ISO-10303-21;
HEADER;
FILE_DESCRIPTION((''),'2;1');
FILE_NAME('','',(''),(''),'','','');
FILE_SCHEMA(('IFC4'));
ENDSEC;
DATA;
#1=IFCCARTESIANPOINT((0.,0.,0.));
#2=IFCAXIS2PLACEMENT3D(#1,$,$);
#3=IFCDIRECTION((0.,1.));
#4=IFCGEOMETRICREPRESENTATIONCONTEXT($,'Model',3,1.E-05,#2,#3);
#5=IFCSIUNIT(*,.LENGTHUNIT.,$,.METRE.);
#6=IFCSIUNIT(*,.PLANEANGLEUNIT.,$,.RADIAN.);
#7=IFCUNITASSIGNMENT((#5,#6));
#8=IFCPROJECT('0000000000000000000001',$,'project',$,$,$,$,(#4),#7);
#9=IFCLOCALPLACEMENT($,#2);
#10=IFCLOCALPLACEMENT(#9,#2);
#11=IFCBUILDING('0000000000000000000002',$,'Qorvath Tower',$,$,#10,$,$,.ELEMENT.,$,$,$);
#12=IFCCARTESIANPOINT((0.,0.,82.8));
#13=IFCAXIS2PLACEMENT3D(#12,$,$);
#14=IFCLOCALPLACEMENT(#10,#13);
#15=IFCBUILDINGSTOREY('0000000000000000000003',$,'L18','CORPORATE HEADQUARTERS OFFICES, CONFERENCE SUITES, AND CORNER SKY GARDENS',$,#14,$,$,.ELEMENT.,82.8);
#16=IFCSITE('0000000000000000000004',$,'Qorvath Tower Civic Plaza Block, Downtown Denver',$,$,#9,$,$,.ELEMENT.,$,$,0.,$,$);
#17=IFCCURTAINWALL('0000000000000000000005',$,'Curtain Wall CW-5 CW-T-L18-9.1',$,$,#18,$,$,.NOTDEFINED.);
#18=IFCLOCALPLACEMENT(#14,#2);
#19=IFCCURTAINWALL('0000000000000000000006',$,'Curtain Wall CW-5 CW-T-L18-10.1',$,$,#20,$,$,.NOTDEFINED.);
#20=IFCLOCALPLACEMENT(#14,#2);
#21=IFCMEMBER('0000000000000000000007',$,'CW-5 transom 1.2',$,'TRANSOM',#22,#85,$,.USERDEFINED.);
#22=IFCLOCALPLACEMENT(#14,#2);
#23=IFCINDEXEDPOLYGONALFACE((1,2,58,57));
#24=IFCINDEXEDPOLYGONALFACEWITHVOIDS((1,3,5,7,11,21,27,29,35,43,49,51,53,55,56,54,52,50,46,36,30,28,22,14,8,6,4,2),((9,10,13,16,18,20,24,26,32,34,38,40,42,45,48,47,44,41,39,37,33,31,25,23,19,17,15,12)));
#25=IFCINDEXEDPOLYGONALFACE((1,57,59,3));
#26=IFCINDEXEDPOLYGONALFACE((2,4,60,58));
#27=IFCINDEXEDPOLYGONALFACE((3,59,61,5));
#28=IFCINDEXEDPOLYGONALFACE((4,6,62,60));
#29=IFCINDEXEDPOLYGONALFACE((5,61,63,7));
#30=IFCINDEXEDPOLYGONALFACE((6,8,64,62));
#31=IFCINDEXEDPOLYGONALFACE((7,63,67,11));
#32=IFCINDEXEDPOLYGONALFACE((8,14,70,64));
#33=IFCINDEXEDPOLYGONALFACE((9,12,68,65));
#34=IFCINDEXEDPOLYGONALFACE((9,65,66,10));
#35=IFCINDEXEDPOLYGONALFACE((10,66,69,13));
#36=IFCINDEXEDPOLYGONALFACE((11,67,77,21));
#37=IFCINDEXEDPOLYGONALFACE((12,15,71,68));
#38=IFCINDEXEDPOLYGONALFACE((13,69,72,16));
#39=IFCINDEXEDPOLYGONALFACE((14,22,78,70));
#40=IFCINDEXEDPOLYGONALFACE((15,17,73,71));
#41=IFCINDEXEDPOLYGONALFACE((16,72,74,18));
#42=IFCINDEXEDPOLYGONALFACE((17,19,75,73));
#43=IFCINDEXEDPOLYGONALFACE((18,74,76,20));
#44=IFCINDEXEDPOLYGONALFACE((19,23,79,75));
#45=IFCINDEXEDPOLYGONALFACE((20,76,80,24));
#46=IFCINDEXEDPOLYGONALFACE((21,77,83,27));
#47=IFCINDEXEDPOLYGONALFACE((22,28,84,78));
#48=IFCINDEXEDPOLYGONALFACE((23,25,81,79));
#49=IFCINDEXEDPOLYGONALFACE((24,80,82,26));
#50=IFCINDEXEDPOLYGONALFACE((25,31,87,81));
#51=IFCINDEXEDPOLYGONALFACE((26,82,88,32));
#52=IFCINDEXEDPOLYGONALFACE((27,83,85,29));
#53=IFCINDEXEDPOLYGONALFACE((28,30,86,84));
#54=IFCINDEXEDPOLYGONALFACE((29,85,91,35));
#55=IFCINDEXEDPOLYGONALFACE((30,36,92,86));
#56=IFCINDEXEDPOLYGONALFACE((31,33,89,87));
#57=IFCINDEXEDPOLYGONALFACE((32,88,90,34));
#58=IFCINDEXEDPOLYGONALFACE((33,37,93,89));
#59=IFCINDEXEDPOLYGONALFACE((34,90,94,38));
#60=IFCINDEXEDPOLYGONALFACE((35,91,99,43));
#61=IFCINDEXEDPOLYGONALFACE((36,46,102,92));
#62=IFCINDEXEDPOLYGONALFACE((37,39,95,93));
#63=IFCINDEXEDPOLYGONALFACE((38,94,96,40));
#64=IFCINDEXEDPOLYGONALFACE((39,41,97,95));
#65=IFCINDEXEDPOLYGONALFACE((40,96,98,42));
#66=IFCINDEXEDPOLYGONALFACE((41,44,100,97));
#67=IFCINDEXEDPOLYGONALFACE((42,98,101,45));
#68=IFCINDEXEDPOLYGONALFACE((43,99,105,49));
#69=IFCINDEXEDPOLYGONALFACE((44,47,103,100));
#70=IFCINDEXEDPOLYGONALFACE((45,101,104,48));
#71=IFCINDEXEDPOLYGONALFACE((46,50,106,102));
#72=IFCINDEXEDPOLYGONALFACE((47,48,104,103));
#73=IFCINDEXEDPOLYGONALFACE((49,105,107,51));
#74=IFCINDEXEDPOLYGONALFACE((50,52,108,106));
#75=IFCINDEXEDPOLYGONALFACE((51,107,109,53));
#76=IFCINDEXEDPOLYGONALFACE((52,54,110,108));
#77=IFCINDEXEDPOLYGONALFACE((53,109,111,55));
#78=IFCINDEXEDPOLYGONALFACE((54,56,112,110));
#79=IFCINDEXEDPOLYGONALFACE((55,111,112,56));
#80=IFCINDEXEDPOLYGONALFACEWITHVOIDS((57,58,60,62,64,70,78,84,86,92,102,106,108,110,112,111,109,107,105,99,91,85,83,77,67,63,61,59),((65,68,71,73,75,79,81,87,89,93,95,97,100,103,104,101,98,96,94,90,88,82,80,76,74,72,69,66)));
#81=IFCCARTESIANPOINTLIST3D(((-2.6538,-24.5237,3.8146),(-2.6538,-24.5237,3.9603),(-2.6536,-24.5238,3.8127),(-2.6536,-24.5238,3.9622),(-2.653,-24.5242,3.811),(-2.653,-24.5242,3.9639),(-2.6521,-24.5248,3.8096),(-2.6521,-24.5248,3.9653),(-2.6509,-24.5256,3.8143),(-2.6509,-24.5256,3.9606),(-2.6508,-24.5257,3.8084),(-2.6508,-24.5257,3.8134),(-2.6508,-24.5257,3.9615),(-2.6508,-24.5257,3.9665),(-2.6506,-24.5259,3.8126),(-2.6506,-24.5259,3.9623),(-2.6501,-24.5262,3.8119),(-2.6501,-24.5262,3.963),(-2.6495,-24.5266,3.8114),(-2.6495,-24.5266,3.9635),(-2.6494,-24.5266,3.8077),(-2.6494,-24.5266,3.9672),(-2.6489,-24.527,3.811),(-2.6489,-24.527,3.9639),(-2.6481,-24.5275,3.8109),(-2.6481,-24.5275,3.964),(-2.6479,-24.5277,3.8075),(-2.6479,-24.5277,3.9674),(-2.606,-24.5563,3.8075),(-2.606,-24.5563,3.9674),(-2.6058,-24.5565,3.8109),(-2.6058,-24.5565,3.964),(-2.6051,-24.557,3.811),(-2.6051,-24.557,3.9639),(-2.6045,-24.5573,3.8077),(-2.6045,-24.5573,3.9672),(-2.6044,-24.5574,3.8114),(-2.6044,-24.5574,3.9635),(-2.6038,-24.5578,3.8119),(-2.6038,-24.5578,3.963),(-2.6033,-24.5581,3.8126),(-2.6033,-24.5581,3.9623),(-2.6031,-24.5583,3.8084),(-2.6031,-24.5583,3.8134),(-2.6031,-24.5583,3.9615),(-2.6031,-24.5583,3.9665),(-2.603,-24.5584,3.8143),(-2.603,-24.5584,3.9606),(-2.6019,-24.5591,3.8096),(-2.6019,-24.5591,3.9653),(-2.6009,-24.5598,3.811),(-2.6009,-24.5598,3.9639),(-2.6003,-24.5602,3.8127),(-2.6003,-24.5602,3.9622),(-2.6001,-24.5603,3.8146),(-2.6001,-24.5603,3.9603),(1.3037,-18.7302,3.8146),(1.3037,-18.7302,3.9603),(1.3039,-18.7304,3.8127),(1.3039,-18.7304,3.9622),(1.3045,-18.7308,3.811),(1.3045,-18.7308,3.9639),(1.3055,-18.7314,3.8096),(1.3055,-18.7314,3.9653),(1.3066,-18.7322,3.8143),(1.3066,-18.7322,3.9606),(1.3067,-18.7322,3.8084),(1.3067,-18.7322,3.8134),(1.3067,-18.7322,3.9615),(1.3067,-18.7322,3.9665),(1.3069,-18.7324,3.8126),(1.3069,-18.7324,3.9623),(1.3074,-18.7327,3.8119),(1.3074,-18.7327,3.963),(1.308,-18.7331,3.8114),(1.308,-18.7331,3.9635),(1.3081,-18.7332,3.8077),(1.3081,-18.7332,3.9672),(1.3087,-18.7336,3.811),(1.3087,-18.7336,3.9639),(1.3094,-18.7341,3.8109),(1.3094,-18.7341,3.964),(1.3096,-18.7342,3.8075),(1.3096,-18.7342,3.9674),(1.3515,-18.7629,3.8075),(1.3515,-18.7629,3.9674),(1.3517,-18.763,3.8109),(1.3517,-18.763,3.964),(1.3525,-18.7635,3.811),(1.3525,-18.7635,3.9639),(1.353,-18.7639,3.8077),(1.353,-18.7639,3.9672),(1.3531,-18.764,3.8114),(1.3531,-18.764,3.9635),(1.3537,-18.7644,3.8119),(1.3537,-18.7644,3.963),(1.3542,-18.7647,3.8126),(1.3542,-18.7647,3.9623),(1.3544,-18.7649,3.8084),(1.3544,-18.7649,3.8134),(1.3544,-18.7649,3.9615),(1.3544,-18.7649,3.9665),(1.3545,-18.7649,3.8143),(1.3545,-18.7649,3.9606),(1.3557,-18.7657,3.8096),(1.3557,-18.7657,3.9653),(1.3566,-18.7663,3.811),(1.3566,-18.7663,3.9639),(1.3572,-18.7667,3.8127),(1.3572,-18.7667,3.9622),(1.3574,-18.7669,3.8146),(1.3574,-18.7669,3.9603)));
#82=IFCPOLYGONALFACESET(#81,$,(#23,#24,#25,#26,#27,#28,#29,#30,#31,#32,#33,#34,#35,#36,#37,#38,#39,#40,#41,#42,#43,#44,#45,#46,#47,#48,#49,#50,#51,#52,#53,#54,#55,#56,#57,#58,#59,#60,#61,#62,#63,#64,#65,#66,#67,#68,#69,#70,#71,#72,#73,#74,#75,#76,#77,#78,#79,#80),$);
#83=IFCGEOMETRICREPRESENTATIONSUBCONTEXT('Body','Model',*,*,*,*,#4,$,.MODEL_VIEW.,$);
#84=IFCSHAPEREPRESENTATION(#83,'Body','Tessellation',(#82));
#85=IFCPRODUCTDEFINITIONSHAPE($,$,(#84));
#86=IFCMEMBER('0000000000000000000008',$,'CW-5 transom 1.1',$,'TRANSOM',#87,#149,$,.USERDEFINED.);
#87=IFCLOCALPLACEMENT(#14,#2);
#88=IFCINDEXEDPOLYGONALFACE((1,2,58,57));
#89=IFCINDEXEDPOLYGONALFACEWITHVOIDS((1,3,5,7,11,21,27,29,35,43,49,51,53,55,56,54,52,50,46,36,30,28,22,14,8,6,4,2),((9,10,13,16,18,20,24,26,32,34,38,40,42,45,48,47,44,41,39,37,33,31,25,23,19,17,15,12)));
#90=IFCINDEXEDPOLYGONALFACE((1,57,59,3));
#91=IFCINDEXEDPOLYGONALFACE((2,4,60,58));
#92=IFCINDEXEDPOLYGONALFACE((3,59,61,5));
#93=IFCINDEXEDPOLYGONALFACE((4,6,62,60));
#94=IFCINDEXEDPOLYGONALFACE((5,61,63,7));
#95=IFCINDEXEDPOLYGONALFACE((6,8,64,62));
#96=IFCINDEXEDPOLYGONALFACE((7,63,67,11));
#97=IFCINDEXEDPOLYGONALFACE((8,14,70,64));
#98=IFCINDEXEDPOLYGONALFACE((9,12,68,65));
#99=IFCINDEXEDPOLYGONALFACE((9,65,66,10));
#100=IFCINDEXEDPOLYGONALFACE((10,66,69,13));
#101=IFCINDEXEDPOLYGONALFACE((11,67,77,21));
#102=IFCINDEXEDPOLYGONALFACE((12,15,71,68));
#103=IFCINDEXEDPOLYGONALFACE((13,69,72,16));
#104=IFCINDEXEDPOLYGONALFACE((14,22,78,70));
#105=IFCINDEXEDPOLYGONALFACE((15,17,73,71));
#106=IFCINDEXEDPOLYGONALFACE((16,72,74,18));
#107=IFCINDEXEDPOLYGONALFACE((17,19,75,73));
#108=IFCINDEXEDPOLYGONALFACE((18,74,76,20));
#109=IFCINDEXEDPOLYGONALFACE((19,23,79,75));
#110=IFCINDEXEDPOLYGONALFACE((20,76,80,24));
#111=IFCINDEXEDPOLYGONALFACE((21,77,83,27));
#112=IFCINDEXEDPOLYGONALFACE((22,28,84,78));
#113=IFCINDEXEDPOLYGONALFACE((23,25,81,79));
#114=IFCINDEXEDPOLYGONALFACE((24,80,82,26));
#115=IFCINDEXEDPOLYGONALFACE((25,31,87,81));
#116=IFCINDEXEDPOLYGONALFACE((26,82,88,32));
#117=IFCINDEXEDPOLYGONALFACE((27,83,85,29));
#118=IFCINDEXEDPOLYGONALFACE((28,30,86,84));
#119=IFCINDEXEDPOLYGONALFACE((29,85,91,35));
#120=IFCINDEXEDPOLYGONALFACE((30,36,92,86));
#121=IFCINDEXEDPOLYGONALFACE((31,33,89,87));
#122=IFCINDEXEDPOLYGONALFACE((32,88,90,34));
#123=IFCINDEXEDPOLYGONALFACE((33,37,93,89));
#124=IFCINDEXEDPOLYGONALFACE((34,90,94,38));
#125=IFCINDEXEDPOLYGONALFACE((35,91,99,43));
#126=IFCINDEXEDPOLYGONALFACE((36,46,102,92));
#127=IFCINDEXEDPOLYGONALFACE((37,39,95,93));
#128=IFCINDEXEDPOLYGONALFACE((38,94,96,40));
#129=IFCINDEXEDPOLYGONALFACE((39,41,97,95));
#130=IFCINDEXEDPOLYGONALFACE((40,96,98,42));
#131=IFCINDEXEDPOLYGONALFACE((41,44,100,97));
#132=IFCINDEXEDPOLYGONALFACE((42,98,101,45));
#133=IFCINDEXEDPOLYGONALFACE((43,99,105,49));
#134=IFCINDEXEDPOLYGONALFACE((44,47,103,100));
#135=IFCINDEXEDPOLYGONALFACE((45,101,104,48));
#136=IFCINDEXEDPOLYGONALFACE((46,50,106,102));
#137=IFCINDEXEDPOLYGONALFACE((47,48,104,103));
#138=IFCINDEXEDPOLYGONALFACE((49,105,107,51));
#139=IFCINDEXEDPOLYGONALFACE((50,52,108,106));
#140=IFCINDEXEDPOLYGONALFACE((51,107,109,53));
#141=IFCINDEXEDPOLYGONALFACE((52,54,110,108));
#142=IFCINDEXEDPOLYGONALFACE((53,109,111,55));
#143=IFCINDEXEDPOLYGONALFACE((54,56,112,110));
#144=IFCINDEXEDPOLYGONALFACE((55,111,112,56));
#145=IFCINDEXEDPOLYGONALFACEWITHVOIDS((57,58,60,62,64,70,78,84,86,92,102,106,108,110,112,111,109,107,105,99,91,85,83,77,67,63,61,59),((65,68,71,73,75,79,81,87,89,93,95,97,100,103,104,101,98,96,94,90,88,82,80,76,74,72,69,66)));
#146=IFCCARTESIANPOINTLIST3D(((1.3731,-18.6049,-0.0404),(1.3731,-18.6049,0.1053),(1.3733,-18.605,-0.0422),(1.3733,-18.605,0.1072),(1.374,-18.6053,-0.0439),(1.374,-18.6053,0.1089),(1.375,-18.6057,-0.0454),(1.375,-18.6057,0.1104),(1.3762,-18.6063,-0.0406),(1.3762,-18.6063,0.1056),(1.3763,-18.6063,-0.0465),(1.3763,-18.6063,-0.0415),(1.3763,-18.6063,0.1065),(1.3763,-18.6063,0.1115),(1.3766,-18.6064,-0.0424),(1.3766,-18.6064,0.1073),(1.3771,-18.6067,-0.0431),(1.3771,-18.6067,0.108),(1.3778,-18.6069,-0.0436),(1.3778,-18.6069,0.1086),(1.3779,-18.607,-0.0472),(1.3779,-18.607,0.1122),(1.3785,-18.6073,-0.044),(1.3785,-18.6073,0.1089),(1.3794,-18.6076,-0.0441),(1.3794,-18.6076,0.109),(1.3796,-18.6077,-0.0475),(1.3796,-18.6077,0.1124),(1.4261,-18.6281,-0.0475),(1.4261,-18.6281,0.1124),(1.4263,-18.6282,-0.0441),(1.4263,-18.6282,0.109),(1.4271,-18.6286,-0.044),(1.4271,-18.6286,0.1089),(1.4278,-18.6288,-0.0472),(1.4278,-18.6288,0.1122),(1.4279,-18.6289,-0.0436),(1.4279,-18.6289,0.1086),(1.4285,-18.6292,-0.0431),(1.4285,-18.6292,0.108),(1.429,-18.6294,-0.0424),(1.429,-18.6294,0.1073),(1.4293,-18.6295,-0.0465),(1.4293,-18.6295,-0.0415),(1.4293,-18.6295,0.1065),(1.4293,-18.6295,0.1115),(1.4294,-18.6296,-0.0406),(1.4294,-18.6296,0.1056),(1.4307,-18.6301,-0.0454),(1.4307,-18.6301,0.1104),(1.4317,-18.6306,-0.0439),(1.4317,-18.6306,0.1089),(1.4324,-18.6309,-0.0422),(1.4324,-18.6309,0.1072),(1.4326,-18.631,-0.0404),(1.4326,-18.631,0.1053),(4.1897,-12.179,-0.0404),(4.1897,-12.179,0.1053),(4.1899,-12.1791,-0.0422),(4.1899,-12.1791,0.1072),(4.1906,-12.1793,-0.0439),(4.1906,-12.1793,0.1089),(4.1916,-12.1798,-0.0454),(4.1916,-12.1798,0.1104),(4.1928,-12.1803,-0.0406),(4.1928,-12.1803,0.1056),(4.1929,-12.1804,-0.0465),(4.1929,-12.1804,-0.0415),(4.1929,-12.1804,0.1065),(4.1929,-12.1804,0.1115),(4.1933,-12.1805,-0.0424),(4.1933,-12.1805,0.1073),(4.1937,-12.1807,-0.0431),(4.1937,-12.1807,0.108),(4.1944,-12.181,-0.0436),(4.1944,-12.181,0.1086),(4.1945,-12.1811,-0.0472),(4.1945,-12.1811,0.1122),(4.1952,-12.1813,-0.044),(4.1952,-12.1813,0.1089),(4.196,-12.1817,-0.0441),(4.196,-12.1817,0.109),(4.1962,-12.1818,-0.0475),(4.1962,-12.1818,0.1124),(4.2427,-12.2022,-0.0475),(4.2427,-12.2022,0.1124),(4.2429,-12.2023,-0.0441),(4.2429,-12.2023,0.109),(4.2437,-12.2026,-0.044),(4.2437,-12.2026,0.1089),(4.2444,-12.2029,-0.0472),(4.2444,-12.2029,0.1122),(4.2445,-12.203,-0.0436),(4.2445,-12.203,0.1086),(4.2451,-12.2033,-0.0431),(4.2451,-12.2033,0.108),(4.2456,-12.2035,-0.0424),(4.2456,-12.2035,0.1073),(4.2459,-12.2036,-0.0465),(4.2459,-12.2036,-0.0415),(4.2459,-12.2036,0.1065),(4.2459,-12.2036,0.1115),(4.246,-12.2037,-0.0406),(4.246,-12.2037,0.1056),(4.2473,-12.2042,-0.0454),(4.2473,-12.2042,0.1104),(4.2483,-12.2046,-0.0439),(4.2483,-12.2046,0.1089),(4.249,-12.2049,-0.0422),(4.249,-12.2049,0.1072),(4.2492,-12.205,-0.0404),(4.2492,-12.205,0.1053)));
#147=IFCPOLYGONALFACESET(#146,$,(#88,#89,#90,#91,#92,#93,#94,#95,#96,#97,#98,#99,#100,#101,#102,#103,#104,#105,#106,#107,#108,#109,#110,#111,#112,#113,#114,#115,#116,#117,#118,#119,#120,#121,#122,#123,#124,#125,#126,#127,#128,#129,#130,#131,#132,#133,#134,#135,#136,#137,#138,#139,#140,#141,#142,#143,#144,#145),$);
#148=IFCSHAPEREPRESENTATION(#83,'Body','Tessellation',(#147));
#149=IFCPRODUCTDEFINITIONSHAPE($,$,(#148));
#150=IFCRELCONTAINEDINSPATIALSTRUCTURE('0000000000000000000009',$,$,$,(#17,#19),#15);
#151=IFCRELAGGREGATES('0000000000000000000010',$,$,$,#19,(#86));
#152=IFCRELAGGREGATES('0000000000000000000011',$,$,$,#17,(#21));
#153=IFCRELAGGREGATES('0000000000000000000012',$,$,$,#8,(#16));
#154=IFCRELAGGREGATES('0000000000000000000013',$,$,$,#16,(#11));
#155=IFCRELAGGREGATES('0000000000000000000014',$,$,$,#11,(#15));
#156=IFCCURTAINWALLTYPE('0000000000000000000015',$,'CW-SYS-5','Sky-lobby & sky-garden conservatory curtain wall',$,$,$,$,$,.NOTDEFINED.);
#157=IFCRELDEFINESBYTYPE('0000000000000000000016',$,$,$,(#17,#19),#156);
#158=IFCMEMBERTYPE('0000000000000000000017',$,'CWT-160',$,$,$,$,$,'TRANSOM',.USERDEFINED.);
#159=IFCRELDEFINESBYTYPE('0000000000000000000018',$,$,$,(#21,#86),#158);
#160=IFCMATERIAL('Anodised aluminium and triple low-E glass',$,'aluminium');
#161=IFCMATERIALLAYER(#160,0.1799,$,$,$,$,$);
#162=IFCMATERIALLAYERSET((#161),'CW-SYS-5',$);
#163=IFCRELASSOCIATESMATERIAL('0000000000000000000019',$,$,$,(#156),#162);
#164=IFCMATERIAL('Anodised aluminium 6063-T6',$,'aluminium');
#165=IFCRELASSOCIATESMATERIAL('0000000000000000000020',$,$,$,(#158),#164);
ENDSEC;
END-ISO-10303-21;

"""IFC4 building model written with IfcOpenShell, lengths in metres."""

from ifc_helpers import new_model, si_unit, direction, frame, origin, origin_2d, place, context, subcontext, project, spatial, hollow_rectangle, extrude, material, layer, layer_set, material_profile, profile_set, type_object, element, aggregate, save


model = new_model("IFC4")

# Units and contexts
model_context = context("Model", 3, precision=1e-05, world=origin(), true_north=direction((0.0, 1.0)))
body_context = subcontext(model_context, "Body", "Model", "MODEL_VIEW")
ifc_project = project(units=[si_unit("LENGTHUNIT", "METRE"), si_unit("PLANEANGLEUNIT", "RADIAN")], contexts=[model_context])

# Site, building, storey
site_placement = place(None, origin())
site = spatial("IfcSite", under=ifc_project, at=site_placement, Name="Qorvath Tower Civic Plaza Block, Downtown Denver", CompositionType="ELEMENT", RefElevation=0.0)
building_placement = place(site_placement, origin())
building = spatial("IfcBuilding", under=site, at=building_placement, Name="Qorvath Tower", CompositionType="ELEMENT")
storey_placement = place(building_placement, frame((0.0, 0.0, 82.8)))
storey = spatial("IfcBuildingStorey", under=building, at=storey_placement, Name="L18", Description="CORPORATE HEADQUARTERS OFFICES, CONFERENCE SUITES, AND CORNER SKY GARDENS", CompositionType="ELEMENT", Elevation=82.8)

# Shared definitions
ifc_material_1 = material(Name="Anodised aluminium and triple low-E glass", Category="aluminium")
ifc_layer_1 = layer(ifc_material_1, 0.1799)
ifc_layer_set_1 = layer_set([ifc_layer_1], Name="CW-SYS-5")
curtain_wall_type = type_object("IfcCurtainWallType", Name="CW-SYS-5", Description="Sky-lobby & sky-garden conservatory curtain wall", PredefinedType="NOTDEFINED", material=ifc_layer_set_1)

# Curtain wall
curtain_wall_1_placement = place(storey_placement, origin())
curtain_wall_1 = element("IfcCurtainWall", 1, at=curtain_wall_1_placement, inside=storey, type_object=curtain_wall_type, Name="Curtain Wall CW-5 CW-T-L18-9.1", PredefinedType="NOTDEFINED")

# Curtain wall
curtain_wall_2_placement = place(storey_placement, origin())
curtain_wall_2 = element("IfcCurtainWall", 2, at=curtain_wall_2_placement, inside=storey, type_object=curtain_wall_type, Name="Curtain Wall CW-5 CW-T-L18-10.1", PredefinedType="NOTDEFINED")

# Members
ifc_material_2 = material(Name="Anodised aluminium 6063-T6", Category="aluminium")
ifc_material_profile_1 = material_profile(ifc_material_2, hollow_rectangle(XDim=0.0649, YDim=0.1599, WallThickness=0.0034, InnerFilletRadius=0.0034, OuterFilletRadius=0.0071, at=origin_2d()), Name="CWT 160x65")
ifc_profile_set_1 = profile_set([ifc_material_profile_1], Name="Anodised aluminium 6063-T6")
member_type_1 = type_object("IfcMemberType", Name="CWT-160", ElementType="TRANSOM", PredefinedType="USERDEFINED", material=ifc_profile_set_1)
member_1_placement = place(storey_placement, frame((-2.627, -24.542, 3.8875), z_axis=(0.56406, 0.825734, 0.0), x_axis=(-0.825734, 0.56406, 0.0)))
member_1 = element("IfcMember", 3, at=member_1_placement, type_object=member_type_1, Name="CW-5 transom 1.2", ObjectType="TRANSOM", PredefinedType="USERDEFINED", context=body_context, shape_type="SweptSolid", body=[
    extrude(hollow_rectangle(XDim=0.0649, YDim=0.1599, WallThickness=0.0034, InnerFilletRadius=0.0034, OuterFilletRadius=0.0071, at=origin_2d()), origin(), (0.0, 0.0, 1.0), 7.0161),
])
member_2_placement = place(storey_placement, frame((1.4028, -18.6179, 0.0325), z_axis=(0.401449, 0.915882, 0.0), x_axis=(-0.915882, 0.401449, 0.0)))
member_2 = element("IfcMember", 4, at=member_2_placement, type_object=member_type_1, Name="CW-5 transom 1.1", ObjectType="TRANSOM", PredefinedType="USERDEFINED", context=body_context, shape_type="SweptSolid", body=[
    extrude(hollow_rectangle(XDim=0.0649, YDim=0.1599, WallThickness=0.0034, InnerFilletRadius=0.0034, OuterFilletRadius=0.0071, at=origin_2d()), origin(), (0.0, 0.0, 1.0), 7.0161),
])
aggregate(curtain_wall_2, [member_2])

aggregate(curtain_wall_1, [member_1])

save(model, "model.ifc")
